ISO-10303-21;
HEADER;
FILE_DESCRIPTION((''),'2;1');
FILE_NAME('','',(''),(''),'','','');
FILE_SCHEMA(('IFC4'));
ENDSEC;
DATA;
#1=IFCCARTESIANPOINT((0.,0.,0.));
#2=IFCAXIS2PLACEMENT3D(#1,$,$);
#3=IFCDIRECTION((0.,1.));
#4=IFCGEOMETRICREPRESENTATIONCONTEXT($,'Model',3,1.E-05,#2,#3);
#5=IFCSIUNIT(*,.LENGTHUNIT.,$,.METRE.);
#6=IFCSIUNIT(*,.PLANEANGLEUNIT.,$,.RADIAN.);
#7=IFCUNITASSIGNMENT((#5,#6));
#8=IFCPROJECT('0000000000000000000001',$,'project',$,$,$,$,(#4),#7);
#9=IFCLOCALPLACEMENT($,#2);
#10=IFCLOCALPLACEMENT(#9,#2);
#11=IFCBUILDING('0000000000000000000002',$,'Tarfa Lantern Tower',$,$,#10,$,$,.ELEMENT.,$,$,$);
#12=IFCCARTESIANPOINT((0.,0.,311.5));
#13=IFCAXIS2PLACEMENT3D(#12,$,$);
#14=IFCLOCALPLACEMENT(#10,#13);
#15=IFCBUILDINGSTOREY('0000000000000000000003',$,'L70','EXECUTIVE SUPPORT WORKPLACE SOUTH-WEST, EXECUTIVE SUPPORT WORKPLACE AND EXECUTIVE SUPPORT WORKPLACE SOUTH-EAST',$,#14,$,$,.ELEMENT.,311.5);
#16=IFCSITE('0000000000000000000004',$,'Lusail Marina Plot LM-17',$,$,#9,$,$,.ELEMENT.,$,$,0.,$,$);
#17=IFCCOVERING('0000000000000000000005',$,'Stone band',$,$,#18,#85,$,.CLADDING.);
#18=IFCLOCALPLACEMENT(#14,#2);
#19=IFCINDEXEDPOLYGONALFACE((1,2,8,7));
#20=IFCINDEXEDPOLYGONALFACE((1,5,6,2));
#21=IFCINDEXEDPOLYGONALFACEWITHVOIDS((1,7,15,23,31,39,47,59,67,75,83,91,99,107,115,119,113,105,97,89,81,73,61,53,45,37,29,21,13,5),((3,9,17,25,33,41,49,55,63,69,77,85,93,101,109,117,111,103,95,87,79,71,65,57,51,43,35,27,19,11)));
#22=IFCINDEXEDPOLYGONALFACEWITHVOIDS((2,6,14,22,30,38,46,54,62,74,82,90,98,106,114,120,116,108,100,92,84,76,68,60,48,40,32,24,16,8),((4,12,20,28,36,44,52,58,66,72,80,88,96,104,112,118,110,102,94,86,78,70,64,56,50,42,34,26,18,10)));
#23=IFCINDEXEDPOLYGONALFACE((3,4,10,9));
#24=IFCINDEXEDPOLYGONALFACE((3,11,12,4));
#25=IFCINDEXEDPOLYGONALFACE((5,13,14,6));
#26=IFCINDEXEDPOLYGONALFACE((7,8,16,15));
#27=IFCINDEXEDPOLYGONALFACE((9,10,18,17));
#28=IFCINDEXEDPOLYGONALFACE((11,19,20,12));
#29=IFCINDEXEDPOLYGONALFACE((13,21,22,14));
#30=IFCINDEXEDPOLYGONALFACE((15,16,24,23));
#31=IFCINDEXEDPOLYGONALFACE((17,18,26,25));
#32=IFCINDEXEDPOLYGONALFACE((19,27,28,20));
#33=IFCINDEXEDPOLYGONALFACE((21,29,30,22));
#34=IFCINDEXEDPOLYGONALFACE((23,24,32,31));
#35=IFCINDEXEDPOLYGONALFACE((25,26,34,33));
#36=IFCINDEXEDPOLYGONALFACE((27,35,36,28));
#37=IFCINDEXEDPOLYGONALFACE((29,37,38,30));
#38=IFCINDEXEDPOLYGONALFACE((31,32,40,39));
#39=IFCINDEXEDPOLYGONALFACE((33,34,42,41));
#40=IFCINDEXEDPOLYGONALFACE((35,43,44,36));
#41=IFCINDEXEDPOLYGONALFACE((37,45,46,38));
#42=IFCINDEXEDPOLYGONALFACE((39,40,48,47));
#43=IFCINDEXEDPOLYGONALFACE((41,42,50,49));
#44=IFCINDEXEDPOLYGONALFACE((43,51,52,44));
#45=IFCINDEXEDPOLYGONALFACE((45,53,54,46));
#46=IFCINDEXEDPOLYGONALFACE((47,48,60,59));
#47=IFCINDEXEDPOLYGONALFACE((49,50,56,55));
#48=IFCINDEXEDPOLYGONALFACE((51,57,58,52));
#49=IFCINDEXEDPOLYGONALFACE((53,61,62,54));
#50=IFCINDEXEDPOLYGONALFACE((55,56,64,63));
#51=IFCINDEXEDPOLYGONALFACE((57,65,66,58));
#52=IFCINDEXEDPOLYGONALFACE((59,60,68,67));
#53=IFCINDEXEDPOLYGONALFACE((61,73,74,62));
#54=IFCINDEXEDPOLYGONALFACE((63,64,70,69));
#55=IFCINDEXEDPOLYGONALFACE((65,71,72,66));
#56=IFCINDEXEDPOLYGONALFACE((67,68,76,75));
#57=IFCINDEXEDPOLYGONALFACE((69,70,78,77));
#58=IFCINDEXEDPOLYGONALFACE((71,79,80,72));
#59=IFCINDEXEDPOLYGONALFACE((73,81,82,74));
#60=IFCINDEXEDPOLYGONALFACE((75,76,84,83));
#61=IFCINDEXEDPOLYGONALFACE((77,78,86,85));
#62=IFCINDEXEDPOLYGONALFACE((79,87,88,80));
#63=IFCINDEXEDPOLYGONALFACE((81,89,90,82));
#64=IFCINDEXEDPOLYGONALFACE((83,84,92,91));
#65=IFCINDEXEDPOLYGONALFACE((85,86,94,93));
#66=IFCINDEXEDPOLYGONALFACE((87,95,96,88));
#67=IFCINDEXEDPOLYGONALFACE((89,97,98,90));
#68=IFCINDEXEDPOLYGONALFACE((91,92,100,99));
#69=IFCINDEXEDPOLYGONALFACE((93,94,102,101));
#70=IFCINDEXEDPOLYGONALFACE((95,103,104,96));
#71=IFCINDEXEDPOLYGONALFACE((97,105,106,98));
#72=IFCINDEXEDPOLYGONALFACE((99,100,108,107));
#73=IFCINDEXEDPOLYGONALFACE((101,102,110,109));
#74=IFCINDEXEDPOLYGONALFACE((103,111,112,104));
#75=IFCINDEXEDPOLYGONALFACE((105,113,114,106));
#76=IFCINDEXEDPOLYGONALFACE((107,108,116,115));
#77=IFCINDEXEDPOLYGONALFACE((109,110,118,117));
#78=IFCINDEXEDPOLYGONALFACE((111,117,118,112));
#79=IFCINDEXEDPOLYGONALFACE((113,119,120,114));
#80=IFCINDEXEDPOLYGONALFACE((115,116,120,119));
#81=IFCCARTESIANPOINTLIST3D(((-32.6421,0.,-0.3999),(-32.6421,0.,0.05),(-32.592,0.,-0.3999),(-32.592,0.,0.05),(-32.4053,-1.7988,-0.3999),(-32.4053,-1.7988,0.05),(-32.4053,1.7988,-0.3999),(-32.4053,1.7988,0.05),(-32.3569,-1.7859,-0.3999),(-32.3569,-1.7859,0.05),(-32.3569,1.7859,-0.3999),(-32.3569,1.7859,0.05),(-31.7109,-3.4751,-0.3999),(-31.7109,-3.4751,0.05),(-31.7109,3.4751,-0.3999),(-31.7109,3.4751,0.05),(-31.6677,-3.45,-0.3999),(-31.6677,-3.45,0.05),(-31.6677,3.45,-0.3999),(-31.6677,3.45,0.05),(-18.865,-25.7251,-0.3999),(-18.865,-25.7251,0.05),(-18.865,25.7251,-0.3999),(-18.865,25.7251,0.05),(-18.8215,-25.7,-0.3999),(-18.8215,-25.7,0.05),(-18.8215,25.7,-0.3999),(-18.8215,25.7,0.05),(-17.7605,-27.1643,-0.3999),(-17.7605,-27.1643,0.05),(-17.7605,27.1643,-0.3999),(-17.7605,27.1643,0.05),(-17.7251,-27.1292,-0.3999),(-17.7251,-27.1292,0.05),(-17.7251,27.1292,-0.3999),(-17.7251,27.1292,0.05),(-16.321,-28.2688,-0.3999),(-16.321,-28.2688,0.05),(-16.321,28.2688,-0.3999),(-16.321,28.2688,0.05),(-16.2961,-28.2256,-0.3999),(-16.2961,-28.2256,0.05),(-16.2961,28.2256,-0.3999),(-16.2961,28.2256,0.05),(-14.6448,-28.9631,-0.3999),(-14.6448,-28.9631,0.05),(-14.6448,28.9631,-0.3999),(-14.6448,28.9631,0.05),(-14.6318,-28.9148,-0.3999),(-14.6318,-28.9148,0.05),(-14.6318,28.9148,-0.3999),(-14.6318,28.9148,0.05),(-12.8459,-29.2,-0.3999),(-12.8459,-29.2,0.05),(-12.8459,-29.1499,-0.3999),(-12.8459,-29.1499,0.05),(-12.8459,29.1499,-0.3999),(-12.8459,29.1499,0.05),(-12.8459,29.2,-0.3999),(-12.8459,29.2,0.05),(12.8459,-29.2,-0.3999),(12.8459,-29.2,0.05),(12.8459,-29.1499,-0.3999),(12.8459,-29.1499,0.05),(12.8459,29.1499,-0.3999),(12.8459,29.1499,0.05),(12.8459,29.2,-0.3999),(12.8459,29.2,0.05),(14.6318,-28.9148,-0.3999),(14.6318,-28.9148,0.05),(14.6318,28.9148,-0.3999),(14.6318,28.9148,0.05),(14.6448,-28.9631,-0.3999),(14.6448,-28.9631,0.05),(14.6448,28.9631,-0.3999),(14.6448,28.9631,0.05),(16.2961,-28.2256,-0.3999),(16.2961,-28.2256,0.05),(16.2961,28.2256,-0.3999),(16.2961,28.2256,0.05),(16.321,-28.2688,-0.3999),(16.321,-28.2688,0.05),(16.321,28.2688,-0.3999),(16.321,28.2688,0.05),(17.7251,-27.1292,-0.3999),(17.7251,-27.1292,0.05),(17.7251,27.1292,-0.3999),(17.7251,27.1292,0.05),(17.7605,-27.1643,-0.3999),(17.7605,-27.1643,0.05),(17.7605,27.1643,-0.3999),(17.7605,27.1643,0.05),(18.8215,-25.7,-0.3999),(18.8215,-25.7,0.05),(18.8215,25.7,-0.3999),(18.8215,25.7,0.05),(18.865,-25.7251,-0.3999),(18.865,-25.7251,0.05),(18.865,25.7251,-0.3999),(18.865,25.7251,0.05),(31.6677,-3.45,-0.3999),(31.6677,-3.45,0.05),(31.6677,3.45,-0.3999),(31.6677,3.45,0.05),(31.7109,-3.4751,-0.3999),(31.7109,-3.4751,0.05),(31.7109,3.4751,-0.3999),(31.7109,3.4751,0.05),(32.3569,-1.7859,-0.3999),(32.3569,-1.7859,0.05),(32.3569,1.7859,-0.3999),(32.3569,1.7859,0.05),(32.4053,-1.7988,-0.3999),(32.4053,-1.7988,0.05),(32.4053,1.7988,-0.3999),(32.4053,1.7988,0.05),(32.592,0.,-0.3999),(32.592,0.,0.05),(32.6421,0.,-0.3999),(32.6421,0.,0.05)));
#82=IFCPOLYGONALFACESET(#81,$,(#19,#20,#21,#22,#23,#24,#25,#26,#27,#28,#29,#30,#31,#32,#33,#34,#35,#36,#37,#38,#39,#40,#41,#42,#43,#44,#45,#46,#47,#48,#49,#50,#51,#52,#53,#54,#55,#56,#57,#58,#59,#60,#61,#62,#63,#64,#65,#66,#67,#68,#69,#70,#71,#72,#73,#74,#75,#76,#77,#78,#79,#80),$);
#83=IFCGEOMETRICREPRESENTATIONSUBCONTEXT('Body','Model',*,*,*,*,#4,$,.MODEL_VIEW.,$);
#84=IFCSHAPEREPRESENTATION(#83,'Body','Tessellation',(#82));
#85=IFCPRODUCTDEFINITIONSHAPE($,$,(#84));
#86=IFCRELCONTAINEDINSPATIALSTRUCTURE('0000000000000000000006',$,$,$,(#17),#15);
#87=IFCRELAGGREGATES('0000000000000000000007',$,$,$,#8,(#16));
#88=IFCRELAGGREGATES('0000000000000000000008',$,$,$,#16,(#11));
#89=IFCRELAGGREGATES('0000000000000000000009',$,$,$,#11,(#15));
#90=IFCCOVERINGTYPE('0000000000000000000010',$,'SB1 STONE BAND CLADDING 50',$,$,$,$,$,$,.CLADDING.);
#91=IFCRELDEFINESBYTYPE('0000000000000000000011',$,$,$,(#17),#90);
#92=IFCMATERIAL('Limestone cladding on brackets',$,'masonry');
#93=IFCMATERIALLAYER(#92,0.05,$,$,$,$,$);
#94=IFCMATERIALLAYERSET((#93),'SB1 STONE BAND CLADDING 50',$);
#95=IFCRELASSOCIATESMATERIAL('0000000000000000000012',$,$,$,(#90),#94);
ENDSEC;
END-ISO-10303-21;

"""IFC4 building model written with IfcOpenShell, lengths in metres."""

from ifc_helpers import new_model, si_unit, direction, frame, origin, place, context, subcontext, project, spatial, polyline, outline, extrude, material, layer, layer_set, type_object, element, save


model = new_model("IFC4")

# Units and contexts
model_context = context("Model", 3, precision=1e-05, world=origin(), true_north=direction((0.0, 1.0)))
body_context = subcontext(model_context, "Body", "Model", "MODEL_VIEW")
ifc_project = project(units=[si_unit("LENGTHUNIT", "METRE"), si_unit("PLANEANGLEUNIT", "RADIAN")], contexts=[model_context])

# Site, building, storey
site_placement = place(None, origin())
site = spatial("IfcSite", under=ifc_project, at=site_placement, Name="Lusail Marina Plot LM-17", CompositionType="ELEMENT", RefElevation=0.0)
building_placement = place(site_placement, origin())
building = spatial("IfcBuilding", under=site, at=building_placement, Name="Tarfa Lantern Tower", CompositionType="ELEMENT")
storey_placement = place(building_placement, frame((0.0, 0.0, 311.5)))
storey = spatial("IfcBuildingStorey", under=building, at=storey_placement, Name="L70", Description="EXECUTIVE SUPPORT WORKPLACE SOUTH-WEST, EXECUTIVE SUPPORT WORKPLACE AND EXECUTIVE SUPPORT WORKPLACE SOUTH-EAST", CompositionType="ELEMENT", Elevation=311.5)

# Covering
ifc_material_1 = material(Name="Limestone cladding on brackets", Category="masonry")
ifc_layer_1 = layer(ifc_material_1, 0.05)
ifc_layer_set_1 = layer_set([ifc_layer_1], Name="SB1 STONE BAND CLADDING 50")
covering_type_1 = type_object("IfcCoveringType", Name="SB1 STONE BAND CLADDING 50", PredefinedType="CLADDING", material=ifc_layer_set_1)
covering_1_placement = place(storey_placement, frame((0.0, 0.0, -0.3999)))
element("IfcCovering", 1, at=covering_1_placement, inside=storey, type_object=covering_type_1, Name="Stone band", PredefinedType="CLADDING", context=body_context, shape_type="SweptSolid", body=[
    extrude(outline(polyline([(31.7109, 3.4751), (18.865, 25.7251), (17.7605, 27.1643), (16.321, 28.2688), (14.6448, 28.9631), (12.8459, 29.2), (-12.8459, 29.2), (-14.6448, 28.9631), (-16.321, 28.2688), (-17.7605, 27.1643), (-18.865, 25.7251), (-31.7109, 3.4751), (-32.4053, 1.7988), (-32.6421, 0.0), (-32.4053, -1.7988), (-31.7109, -3.4751), (-18.865, -25.7251), (-17.7605, -27.1643), (-16.321, -28.2688), (-14.6448, -28.9631), (-12.8459, -29.2), (12.8459, -29.2), (14.6448, -28.9631), (16.321, -28.2688), (17.7605, -27.1643), (18.865, -25.7251), (31.7109, -3.4751), (32.4053, -1.7988), (32.6421, 0.0), (32.4053, 1.7988), (31.7109, 3.4751)]), holes=[polyline([(31.6677, 3.45), (18.8215, 25.7), (17.7251, 27.1292), (16.2961, 28.2256), (14.6318, 28.9148), (12.8459, 29.1499), (-12.8459, 29.1499), (-14.6318, 28.9148), (-16.2961, 28.2256), (-17.7251, 27.1292), (-18.8215, 25.7), (-31.6677, 3.45), (-32.3569, 1.7859), (-32.592, 0.0), (-32.3569, -1.7859), (-31.6677, -3.45), (-18.8215, -25.7), (-17.7251, -27.1292), (-16.2961, -28.2256), (-14.6318, -28.9148), (-12.8459, -29.1499), (12.8459, -29.1499), (14.6318, -28.9148), (16.2961, -28.2256), (17.7251, -27.1292), (18.8215, -25.7), (31.6677, -3.45), (32.3569, -1.7859), (32.592, 0.0), (32.3569, 1.7859), (31.6677, 3.45)])]), origin(), (0.0, 0.0, 1.0), 0.45),
])

save(model, "model.ifc")
